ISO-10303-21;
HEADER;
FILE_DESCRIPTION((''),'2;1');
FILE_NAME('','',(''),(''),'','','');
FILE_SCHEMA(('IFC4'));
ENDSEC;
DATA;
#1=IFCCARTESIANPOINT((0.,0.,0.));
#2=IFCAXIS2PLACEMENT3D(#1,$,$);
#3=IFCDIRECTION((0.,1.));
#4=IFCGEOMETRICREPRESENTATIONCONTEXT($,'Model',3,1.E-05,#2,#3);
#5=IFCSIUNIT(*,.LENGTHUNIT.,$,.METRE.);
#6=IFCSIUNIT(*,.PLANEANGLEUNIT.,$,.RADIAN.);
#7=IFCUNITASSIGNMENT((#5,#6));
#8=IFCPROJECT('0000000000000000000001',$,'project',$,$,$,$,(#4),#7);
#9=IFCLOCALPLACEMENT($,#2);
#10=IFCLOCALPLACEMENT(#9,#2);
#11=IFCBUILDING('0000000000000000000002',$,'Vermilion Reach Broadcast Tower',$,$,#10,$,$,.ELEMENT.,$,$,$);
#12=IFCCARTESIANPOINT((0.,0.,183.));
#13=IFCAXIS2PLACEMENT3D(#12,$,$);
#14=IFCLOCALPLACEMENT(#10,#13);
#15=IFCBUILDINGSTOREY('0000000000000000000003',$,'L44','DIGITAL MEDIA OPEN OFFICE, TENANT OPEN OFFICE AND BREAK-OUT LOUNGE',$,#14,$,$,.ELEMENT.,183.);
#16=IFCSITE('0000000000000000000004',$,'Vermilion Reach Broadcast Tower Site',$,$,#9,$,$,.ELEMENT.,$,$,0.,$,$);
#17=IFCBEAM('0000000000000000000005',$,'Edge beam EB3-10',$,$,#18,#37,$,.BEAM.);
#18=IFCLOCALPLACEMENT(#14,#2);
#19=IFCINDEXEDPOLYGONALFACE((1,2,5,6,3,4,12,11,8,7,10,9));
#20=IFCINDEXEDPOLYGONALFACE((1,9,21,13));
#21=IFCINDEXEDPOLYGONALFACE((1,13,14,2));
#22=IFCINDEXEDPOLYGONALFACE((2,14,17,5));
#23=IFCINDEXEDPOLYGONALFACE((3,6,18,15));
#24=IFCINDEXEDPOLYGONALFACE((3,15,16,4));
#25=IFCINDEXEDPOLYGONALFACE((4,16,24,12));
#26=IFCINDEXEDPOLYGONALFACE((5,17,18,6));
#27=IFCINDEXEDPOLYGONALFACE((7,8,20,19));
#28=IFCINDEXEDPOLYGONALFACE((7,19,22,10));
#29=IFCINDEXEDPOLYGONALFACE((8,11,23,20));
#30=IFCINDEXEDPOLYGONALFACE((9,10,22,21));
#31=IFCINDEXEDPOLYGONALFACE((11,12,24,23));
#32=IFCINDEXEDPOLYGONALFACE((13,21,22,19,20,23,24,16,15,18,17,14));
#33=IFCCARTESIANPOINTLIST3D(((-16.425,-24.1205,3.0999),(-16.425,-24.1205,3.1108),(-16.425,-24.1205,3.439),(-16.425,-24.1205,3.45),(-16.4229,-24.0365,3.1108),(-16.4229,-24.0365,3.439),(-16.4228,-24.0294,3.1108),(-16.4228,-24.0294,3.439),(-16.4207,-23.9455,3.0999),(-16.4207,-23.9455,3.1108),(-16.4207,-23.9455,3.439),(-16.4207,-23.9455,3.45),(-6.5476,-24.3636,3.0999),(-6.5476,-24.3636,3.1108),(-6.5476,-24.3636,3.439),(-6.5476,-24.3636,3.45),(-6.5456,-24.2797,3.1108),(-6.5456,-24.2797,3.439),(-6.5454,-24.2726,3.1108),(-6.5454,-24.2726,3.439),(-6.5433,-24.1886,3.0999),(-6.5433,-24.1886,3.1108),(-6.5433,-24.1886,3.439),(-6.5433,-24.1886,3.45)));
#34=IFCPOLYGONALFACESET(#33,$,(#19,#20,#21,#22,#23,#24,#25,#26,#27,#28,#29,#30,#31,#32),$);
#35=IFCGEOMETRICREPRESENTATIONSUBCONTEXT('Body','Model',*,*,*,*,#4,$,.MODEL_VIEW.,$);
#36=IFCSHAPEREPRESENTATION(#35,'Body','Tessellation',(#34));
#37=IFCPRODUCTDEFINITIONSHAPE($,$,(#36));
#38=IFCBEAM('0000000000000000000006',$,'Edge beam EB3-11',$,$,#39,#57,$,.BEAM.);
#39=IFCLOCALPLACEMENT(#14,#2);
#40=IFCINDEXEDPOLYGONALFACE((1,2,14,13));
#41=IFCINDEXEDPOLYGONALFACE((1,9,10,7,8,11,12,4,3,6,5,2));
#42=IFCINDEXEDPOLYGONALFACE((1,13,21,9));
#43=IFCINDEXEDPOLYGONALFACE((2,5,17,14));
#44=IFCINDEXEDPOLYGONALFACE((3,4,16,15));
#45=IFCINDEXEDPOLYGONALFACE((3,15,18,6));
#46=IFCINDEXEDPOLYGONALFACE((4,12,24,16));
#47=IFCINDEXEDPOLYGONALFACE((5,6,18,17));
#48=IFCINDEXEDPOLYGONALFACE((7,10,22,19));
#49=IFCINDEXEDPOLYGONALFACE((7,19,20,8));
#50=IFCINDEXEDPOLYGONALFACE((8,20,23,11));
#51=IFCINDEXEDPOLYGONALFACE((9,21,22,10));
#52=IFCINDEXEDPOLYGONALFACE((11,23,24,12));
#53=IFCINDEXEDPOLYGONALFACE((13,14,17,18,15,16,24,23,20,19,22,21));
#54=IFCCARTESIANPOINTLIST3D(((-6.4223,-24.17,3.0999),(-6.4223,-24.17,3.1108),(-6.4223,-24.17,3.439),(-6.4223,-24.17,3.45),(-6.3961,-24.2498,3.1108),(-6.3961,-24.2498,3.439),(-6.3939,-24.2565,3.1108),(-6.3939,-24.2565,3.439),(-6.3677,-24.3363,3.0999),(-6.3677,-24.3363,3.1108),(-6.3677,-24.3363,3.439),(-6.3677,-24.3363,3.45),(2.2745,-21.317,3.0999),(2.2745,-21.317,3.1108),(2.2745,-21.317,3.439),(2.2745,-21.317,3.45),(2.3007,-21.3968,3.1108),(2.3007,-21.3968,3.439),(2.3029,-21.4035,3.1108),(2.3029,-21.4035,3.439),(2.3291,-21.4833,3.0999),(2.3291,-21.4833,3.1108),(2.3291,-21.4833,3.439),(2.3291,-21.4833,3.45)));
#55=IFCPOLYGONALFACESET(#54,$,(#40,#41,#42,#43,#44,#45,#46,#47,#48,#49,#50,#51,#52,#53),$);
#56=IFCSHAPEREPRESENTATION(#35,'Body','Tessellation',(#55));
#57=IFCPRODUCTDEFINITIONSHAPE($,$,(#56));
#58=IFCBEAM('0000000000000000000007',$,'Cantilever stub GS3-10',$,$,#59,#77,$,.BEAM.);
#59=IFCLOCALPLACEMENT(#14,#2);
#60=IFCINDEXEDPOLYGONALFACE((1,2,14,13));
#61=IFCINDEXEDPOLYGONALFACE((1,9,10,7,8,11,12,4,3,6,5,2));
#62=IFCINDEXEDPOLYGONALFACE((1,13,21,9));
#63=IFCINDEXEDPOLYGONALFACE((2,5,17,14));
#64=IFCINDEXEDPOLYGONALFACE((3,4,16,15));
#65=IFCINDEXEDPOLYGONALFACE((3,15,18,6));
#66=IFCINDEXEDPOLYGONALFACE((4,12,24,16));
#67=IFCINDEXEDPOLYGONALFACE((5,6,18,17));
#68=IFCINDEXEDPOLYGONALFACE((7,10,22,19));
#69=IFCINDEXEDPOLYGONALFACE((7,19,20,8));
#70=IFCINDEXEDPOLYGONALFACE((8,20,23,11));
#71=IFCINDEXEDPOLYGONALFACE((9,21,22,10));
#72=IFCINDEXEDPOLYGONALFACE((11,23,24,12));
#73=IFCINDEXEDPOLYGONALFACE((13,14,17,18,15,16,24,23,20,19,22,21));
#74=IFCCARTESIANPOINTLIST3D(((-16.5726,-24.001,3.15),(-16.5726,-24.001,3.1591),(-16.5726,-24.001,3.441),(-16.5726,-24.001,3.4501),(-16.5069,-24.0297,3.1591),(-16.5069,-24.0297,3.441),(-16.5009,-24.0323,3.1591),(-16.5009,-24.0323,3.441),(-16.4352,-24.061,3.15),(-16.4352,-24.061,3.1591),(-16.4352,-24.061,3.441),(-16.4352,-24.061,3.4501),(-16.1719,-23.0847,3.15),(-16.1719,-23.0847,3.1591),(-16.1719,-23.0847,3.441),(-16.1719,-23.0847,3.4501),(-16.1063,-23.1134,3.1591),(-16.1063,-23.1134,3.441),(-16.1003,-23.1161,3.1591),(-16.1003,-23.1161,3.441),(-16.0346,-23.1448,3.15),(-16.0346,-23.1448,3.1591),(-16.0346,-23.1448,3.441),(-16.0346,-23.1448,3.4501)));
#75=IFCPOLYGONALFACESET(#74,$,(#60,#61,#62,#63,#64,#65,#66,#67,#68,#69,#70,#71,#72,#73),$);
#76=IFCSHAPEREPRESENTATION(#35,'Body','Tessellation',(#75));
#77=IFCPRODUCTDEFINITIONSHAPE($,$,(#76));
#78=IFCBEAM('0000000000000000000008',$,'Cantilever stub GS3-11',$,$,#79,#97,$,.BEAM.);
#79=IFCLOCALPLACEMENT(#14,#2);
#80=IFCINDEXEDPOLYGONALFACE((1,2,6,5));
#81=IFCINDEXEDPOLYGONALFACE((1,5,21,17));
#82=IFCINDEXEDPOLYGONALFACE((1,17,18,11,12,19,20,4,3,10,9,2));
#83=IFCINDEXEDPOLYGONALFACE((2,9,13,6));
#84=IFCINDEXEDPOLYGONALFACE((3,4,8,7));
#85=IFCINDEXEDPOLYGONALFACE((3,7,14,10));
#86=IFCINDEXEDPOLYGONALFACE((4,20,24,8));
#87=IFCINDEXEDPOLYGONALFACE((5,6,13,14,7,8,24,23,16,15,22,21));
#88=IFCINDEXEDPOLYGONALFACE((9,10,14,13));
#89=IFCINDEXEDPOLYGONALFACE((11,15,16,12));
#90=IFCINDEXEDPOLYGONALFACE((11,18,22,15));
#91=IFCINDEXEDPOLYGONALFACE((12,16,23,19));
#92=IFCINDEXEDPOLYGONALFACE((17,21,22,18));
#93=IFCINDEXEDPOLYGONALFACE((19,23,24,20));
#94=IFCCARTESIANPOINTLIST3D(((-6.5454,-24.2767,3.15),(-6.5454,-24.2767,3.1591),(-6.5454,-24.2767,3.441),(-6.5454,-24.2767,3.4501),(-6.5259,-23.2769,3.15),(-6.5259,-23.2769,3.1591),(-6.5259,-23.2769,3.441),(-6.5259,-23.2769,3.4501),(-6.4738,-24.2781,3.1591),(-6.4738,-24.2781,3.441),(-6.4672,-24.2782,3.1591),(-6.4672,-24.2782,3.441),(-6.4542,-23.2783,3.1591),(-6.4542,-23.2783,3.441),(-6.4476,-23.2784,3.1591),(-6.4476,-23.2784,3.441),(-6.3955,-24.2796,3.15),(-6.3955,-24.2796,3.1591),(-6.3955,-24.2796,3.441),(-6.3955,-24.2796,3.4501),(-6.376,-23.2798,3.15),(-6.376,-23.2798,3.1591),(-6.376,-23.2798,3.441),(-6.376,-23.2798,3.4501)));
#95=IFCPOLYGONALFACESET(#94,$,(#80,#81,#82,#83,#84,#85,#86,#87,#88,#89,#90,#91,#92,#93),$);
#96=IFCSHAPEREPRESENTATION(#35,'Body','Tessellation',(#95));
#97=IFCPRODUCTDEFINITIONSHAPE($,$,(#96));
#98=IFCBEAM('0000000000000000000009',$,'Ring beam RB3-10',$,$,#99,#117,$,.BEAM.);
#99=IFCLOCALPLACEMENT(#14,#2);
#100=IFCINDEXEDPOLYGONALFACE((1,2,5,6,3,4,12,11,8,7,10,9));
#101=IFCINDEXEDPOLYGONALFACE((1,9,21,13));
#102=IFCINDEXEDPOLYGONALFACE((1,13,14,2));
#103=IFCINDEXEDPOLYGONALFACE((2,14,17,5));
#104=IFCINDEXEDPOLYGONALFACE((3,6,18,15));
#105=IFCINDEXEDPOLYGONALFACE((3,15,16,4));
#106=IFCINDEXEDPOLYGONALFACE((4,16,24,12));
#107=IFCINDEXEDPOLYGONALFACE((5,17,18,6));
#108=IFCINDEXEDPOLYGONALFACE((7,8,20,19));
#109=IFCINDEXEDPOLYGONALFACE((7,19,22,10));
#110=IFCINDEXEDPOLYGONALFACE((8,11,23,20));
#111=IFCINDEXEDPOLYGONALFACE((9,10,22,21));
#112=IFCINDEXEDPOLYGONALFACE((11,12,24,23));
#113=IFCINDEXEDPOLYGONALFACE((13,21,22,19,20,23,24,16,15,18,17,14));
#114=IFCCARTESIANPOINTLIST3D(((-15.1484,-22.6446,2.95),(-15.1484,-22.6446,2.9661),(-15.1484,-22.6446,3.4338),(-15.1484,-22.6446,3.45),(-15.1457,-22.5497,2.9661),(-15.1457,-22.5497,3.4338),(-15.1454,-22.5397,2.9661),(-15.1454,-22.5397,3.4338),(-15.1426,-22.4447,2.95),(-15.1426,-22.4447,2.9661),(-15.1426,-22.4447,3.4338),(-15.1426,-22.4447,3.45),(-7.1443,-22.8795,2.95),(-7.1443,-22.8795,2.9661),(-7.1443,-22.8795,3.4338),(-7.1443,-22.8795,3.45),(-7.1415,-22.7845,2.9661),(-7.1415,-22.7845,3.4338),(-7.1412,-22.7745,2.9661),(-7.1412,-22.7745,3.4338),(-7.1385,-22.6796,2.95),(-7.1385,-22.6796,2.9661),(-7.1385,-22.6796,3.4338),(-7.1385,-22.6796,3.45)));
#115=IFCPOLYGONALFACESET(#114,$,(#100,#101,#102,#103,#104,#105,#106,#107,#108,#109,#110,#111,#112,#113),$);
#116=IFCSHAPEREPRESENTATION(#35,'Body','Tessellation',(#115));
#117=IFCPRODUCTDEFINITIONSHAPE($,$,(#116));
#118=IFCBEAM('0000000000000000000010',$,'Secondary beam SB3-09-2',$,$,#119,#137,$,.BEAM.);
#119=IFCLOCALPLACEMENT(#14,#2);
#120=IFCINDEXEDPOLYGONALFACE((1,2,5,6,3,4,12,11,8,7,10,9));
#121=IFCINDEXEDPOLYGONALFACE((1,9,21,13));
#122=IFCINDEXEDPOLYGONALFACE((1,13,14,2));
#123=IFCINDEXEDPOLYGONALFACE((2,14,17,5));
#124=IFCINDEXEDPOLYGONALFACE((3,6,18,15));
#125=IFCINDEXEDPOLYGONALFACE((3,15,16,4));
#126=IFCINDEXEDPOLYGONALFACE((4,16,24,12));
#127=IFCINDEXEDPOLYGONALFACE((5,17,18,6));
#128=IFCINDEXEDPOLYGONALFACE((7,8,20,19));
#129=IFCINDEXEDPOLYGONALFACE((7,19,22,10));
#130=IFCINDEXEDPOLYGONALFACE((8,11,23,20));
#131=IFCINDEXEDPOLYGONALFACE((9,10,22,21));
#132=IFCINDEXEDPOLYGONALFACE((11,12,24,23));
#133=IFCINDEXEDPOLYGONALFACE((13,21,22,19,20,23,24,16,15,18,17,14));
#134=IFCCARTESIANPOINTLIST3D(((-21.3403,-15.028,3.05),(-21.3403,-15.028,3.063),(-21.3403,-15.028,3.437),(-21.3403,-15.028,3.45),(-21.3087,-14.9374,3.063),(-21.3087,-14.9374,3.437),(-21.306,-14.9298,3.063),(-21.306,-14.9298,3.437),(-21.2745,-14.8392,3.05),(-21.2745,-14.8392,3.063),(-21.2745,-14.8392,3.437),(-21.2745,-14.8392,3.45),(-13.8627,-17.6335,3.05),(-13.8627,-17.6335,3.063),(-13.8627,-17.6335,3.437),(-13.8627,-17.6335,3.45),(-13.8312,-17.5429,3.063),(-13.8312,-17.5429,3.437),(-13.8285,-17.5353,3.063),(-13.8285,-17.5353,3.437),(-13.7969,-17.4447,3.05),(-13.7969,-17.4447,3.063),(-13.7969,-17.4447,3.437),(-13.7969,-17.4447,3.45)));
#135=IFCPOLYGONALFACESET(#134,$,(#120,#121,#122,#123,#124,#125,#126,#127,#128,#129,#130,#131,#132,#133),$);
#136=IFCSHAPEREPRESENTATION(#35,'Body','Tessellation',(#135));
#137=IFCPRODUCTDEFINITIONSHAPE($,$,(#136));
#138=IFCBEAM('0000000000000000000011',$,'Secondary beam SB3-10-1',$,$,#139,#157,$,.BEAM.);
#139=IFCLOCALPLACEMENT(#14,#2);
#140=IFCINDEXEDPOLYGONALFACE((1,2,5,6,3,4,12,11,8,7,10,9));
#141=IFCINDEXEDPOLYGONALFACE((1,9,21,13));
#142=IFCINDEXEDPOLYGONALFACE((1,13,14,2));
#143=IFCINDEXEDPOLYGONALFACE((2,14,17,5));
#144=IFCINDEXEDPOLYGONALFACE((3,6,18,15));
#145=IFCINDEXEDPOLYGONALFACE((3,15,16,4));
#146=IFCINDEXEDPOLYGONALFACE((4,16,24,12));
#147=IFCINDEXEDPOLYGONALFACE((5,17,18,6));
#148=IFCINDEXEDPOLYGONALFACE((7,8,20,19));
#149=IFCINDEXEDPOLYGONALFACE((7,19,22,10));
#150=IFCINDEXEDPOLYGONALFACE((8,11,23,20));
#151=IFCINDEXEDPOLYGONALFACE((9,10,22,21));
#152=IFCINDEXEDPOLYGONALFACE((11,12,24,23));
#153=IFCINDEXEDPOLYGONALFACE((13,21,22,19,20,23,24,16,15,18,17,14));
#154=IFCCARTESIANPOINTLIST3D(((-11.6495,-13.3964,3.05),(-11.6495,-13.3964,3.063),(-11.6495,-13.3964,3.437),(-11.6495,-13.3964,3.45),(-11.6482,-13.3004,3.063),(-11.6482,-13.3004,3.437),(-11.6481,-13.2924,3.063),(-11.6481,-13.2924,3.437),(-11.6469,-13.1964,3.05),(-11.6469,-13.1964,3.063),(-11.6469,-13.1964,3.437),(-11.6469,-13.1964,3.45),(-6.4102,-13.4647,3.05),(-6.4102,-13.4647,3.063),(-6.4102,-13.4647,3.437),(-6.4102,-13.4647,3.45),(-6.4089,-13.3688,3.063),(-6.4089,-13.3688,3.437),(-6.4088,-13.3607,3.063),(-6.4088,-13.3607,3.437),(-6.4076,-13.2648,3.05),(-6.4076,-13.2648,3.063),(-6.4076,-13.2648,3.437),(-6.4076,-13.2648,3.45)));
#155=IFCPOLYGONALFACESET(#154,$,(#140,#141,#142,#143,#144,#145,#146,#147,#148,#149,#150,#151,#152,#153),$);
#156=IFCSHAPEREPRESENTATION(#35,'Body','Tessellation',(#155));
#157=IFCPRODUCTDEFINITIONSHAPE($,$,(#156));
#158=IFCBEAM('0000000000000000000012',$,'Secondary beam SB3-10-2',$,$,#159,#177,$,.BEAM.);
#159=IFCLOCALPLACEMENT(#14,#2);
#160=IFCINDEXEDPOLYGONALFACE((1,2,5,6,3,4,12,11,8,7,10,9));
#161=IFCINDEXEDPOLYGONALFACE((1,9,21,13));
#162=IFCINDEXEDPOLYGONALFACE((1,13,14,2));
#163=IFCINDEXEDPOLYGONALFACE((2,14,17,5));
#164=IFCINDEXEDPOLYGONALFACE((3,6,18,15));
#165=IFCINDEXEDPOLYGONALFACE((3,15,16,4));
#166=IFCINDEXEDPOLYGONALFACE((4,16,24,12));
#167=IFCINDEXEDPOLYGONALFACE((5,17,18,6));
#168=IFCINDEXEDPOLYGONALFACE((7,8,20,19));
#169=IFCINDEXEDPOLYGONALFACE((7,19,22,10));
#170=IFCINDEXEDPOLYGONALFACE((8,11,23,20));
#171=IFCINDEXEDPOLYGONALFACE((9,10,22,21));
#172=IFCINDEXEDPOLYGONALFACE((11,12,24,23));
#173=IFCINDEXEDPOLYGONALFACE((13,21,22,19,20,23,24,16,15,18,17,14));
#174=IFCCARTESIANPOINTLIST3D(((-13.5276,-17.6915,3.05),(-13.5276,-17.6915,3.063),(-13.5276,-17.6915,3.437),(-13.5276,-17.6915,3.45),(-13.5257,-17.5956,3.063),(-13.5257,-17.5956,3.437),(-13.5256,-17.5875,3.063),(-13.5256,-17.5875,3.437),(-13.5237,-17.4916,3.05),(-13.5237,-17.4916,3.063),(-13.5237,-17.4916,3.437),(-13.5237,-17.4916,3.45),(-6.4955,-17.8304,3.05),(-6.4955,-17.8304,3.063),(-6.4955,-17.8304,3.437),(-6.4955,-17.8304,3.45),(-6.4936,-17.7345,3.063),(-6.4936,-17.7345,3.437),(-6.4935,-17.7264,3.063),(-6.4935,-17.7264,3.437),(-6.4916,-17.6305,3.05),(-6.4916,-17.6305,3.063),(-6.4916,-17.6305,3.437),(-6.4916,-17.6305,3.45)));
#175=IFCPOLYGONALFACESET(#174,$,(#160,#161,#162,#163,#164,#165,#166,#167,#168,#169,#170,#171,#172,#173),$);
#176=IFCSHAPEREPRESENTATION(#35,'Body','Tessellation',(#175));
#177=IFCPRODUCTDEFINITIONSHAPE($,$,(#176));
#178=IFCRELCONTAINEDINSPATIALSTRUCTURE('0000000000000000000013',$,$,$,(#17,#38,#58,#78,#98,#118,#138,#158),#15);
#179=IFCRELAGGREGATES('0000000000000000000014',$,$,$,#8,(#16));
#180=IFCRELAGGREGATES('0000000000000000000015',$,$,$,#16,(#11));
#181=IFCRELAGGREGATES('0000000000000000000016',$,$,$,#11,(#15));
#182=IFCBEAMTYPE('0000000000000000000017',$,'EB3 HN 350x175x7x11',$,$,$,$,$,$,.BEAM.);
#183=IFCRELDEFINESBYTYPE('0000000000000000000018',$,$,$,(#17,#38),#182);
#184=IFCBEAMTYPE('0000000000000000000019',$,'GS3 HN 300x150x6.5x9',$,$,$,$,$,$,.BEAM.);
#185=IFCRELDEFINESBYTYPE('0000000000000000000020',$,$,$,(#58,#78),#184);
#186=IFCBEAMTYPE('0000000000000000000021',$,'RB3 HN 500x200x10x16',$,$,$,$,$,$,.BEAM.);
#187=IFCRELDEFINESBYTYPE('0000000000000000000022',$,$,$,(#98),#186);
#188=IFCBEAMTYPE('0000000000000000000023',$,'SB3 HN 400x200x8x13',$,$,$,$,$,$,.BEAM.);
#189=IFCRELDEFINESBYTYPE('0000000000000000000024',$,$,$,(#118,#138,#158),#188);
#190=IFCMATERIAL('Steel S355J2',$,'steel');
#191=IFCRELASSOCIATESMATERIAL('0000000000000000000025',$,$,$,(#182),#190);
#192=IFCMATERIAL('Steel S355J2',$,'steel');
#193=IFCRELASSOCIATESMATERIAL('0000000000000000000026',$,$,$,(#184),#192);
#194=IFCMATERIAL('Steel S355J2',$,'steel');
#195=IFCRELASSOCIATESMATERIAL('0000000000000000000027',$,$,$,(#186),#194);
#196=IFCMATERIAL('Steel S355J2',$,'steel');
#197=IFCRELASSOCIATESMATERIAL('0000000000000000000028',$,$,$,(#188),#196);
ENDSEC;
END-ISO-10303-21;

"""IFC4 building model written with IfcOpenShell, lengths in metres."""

from ifc_helpers import new_model, si_unit, direction, frame, origin, origin_2d, place, context, subcontext, project, spatial, i_section, extrude, material, material_profile, profile_set, type_object, element, save


model = new_model("IFC4")

# Units and contexts
model_context = context("Model", 3, precision=1e-05, world=origin(), true_north=direction((0.0, 1.0)))
body_context = subcontext(model_context, "Body", "Model", "MODEL_VIEW")
ifc_project = project(units=[si_unit("LENGTHUNIT", "METRE"), si_unit("PLANEANGLEUNIT", "RADIAN")], contexts=[model_context])

# Site, building, storey
site_placement = place(None, origin())
site = spatial("IfcSite", under=ifc_project, at=site_placement, Name="Vermilion Reach Broadcast Tower Site", CompositionType="ELEMENT", RefElevation=0.0)
building_placement = place(site_placement, origin())
building = spatial("IfcBuilding", under=site, at=building_placement, Name="Vermilion Reach Broadcast Tower", CompositionType="ELEMENT")
storey_placement = place(building_placement, frame((0.0, 0.0, 183.0)))
storey = spatial("IfcBuildingStorey", under=building, at=storey_placement, Name="L44", Description="DIGITAL MEDIA OPEN OFFICE, TENANT OPEN OFFICE AND BREAK-OUT LOUNGE", CompositionType="ELEMENT", Elevation=183.0)

# Beams
ifc_material_1 = material(Name="Steel S355J2", Category="steel")
ifc_material_profile_1 = material_profile(ifc_material_1, i_section(OverallWidth=0.175, OverallDepth=0.3501, WebThickness=0.0071, FlangeThickness=0.011, at=origin_2d()), Name="S355J2 HN 350x175x7x11")
ifc_profile_set_1 = profile_set([ifc_material_profile_1], Name="Steel S355J2")
beam_type_1 = type_object("IfcBeamType", Name="EB3 HN 350x175x7x11", PredefinedType="BEAM", material=ifc_profile_set_1)
beam_1_placement = place(storey_placement, frame((-16.4229, -24.033, 3.2749), z_axis=(0.999697, -0.024611, 0.0), x_axis=(0.024611, 0.999697, 0.0)))
element("IfcBeam", 1, at=beam_1_placement, inside=storey, type_object=beam_type_1, Name="Edge beam EB3-10", PredefinedType="BEAM", context=body_context, shape_type="SweptSolid", body=[
    extrude(i_section(OverallWidth=0.175, OverallDepth=0.3501, WebThickness=0.0071, FlangeThickness=0.011, at=origin_2d()), origin(), (0.0, 0.0, 1.0), 9.8804),
])
beam_2_placement = place(storey_placement, frame((-6.395, -24.2532, 3.2749), z_axis=(0.950177, 0.311711, 0.0), x_axis=(-0.311711, 0.950177, 0.0)))
element("IfcBeam", 2, at=beam_2_placement, inside=storey, type_object=beam_type_1, Name="Edge beam EB3-11", PredefinedType="BEAM", context=body_context, shape_type="SweptSolid", body=[
    extrude(i_section(OverallWidth=0.175, OverallDepth=0.3501, WebThickness=0.0071, FlangeThickness=0.011, at=origin_2d()), origin(), (0.0, 0.0, 1.0), 9.1528),
])
ifc_material_2 = material(Name="Steel S355J2", Category="steel")
ifc_material_profile_2 = material_profile(ifc_material_2, i_section(OverallWidth=0.1499, OverallDepth=0.3, WebThickness=0.0066, FlangeThickness=0.009, at=origin_2d()), Name="S355J2 HN 300x150x6.5x9")
ifc_profile_set_2 = profile_set([ifc_material_profile_2], Name="Steel S355J2")
beam_type_2 = type_object("IfcBeamType", Name="GS3 HN 300x150x6.5x9", PredefinedType="BEAM", material=ifc_profile_set_2)
for number, where, z_axis, x_axis, name in (
    (3, (-16.1033, -23.1147, 3.3), (-0.400627, -0.916241, 0.0), (0.916241, -0.400627, 0.0), "Cantilever stub GS3-10"),
    (4, (-6.4509, -23.2783, 3.3), (-0.019532, -0.999809, 0.0), (0.999809, -0.019532, 0.0), "Cantilever stub GS3-11"),
):
    element("IfcBeam", number, at=place(storey_placement, frame(where, z_axis=z_axis, x_axis=x_axis)), inside=storey, type_object=beam_type_2, Name=name, PredefinedType="BEAM", context=body_context, shape_type="SweptSolid", body=[
        extrude(i_section(OverallWidth=0.1499, OverallDepth=0.3, WebThickness=0.0066, FlangeThickness=0.009, at=origin_2d()), origin(), (0.0, 0.0, 1.0), 1.0),
    ])
ifc_material_3 = material(Name="Steel S355J2", Category="steel")
ifc_material_profile_3 = material_profile(ifc_material_3, i_section(OverallWidth=0.2, OverallDepth=0.5, WebThickness=0.01, FlangeThickness=0.0161, at=origin_2d()), Name="S355J2 HN 500x200x10x16")
ifc_profile_set_3 = profile_set([ifc_material_profile_3], Name="Steel S355J2")
beam_type_3 = type_object("IfcBeamType", Name="RB3 HN 500x200x10x16", PredefinedType="BEAM", material=ifc_profile_set_3)
beam_3_placement = place(storey_placement, frame((-15.1455, -22.5447, 3.2), z_axis=(0.99957, -0.02933, 0.0), x_axis=(0.02933, 0.99957, 0.0)))
element("IfcBeam", 5, at=beam_3_placement, inside=storey, type_object=beam_type_3, Name="Ring beam RB3-10", PredefinedType="BEAM", context=body_context, shape_type="SweptSolid", body=[
    extrude(i_section(OverallWidth=0.2, OverallDepth=0.5, WebThickness=0.01, FlangeThickness=0.0161, at=origin_2d()), origin(), (0.0, 0.0, 1.0), 8.0076),
])
ifc_material_4 = material(Name="Steel S355J2", Category="steel")
ifc_material_profile_4 = material_profile(ifc_material_4, i_section(OverallWidth=0.2, OverallDepth=0.3999, WebThickness=0.0081, FlangeThickness=0.0129, at=origin_2d()), Name="S355J2 HN 400x200x8x13")
ifc_profile_set_4 = profile_set([ifc_material_profile_4], Name="Steel S355J2")
beam_type_4 = type_object("IfcBeamType", Name="SB3 HN 400x200x8x13", PredefinedType="BEAM", material=ifc_profile_set_4)
beam_4_placement = place(storey_placement, frame((-21.3074, -14.9336, 3.25), z_axis=(0.944317, -0.329037, 0.0), x_axis=(0.329037, 0.944317, 0.0)))
element("IfcBeam", 6, at=beam_4_placement, inside=storey, type_object=beam_type_4, Name="Secondary beam SB3-09-2", PredefinedType="BEAM", context=body_context, shape_type="SweptSolid", body=[
    extrude(i_section(OverallWidth=0.2, OverallDepth=0.3999, WebThickness=0.0081, FlangeThickness=0.0129, at=origin_2d()), origin(), (0.0, 0.0, 1.0), 7.9185),
])
beam_5_placement = place(storey_placement, frame((-11.6482, -13.2964, 3.25), z_axis=(0.999915, -0.013046, 0.0), x_axis=(0.013046, 0.999915, 0.0)))
element("IfcBeam", 7, at=beam_5_placement, inside=storey, type_object=beam_type_4, Name="Secondary beam SB3-10-1", PredefinedType="BEAM", context=body_context, shape_type="SweptSolid", body=[
    extrude(i_section(OverallWidth=0.2, OverallDepth=0.3999, WebThickness=0.0081, FlangeThickness=0.0129, at=origin_2d()), origin(), (0.0, 0.0, 1.0), 5.2397),
])
beam_6_placement = place(storey_placement, frame((-13.5256, -17.5916, 3.25), z_axis=(0.999805, -0.019751, 0.0), x_axis=(0.019751, 0.999805, 0.0)))
element("IfcBeam", 8, at=beam_6_placement, inside=storey, type_object=beam_type_4, Name="Secondary beam SB3-10-2", PredefinedType="BEAM", context=body_context, shape_type="SweptSolid", body=[
    extrude(i_section(OverallWidth=0.2, OverallDepth=0.3999, WebThickness=0.0081, FlangeThickness=0.0129, at=origin_2d()), origin(), (0.0, 0.0, 1.0), 7.0334),
])

save(model, "model.ifc")
